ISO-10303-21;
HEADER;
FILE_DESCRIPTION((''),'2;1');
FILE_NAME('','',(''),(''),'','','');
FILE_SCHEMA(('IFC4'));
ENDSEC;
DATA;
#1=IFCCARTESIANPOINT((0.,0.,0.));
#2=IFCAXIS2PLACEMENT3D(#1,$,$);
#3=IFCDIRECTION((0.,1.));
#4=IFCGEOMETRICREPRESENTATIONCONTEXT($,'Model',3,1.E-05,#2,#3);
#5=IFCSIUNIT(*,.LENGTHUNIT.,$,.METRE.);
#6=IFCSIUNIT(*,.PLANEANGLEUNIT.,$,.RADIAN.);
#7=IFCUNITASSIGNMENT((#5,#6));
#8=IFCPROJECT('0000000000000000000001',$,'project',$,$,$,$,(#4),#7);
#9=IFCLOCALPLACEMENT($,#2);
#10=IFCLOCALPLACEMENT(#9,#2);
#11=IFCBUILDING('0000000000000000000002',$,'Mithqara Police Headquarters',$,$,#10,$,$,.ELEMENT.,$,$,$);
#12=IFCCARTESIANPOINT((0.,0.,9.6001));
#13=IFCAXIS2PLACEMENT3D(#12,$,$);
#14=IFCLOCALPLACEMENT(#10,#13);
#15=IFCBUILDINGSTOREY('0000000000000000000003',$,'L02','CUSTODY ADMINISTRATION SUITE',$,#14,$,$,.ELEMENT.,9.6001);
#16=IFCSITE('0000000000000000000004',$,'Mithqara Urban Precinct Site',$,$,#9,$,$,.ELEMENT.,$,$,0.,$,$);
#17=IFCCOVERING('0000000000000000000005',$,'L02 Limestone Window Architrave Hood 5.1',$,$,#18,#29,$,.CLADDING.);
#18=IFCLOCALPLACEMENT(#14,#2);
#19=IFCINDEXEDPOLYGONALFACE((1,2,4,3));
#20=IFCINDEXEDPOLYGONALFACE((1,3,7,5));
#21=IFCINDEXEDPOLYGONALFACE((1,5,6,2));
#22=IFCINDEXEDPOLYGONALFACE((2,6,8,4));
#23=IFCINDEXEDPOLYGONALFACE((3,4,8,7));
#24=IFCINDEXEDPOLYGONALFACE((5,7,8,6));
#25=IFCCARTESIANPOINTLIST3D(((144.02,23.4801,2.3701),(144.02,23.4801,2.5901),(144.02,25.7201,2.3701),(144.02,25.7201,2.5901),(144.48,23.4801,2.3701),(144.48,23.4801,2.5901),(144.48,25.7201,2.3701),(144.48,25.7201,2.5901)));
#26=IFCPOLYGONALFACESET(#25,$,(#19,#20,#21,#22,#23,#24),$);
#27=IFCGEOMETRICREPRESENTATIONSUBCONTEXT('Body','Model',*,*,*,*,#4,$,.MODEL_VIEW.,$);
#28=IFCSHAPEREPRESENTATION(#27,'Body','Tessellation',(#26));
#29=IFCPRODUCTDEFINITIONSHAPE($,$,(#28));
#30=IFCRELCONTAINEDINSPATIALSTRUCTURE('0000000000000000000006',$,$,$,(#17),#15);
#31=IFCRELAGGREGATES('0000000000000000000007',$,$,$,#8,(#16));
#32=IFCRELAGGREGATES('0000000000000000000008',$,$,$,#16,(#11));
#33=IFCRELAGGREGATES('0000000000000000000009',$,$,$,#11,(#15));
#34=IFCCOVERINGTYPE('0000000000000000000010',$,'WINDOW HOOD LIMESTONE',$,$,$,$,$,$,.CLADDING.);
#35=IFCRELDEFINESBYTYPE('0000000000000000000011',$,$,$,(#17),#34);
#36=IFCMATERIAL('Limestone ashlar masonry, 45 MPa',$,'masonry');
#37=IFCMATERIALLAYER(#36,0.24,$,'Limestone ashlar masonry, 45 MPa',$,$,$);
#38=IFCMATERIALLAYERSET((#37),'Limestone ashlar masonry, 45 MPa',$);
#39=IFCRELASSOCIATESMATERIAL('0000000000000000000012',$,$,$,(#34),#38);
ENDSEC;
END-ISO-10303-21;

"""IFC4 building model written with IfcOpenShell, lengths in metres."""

from ifc_helpers import new_model, si_unit, direction, frame, origin, origin_2d, place, context, subcontext, project, spatial, rectangle, extrude, material, layer, layer_set, type_object, element, save


model = new_model("IFC4")

# Units and contexts
model_context = context("Model", 3, precision=1e-05, world=origin(), true_north=direction((0.0, 1.0)))
body_context = subcontext(model_context, "Body", "Model", "MODEL_VIEW")
ifc_project = project(units=[si_unit("LENGTHUNIT", "METRE"), si_unit("PLANEANGLEUNIT", "RADIAN")], contexts=[model_context])

# Site, building, storey
site_placement = place(None, origin())
site = spatial("IfcSite", under=ifc_project, at=site_placement, Name="Mithqara Urban Precinct Site", CompositionType="ELEMENT", RefElevation=0.0)
building_placement = place(site_placement, origin())
building = spatial("IfcBuilding", under=site, at=building_placement, Name="Mithqara Police Headquarters", CompositionType="ELEMENT")
storey_placement = place(building_placement, frame((0.0, 0.0, 9.6001)))
storey = spatial("IfcBuildingStorey", under=building, at=storey_placement, Name="L02", Description="CUSTODY ADMINISTRATION SUITE", CompositionType="ELEMENT", Elevation=9.6001)

# Shared definitions
ifc_material_1 = material(Name="Limestone ashlar masonry, 45 MPa", Category="masonry")

# Covering
ifc_layer_1 = layer(ifc_material_1, 0.24, Name="Limestone ashlar masonry, 45 MPa")
ifc_layer_set_1 = layer_set([ifc_layer_1], Name="Limestone ashlar masonry, 45 MPa")
covering_type_1 = type_object("IfcCoveringType", Name="WINDOW HOOD LIMESTONE", PredefinedType="CLADDING", material=ifc_layer_set_1)
covering_1_placement = place(storey_placement, frame((144.25, 24.6001, 2.3701), z_axis=(0.0, 0.0, 1.0), x_axis=(0.0, 1.0, 0.0)))
element("IfcCovering", 1, at=covering_1_placement, inside=storey, type_object=covering_type_1, Name="L02 Limestone Window Architrave Hood 5.1", PredefinedType="CLADDING", context=body_context, shape_type="SweptSolid", body=[
    extrude(rectangle(XDim=2.24, YDim=0.46, at=origin_2d()), origin(), (0.0, 0.0, 1.0), 0.22),
])

save(model, "model.ifc")
